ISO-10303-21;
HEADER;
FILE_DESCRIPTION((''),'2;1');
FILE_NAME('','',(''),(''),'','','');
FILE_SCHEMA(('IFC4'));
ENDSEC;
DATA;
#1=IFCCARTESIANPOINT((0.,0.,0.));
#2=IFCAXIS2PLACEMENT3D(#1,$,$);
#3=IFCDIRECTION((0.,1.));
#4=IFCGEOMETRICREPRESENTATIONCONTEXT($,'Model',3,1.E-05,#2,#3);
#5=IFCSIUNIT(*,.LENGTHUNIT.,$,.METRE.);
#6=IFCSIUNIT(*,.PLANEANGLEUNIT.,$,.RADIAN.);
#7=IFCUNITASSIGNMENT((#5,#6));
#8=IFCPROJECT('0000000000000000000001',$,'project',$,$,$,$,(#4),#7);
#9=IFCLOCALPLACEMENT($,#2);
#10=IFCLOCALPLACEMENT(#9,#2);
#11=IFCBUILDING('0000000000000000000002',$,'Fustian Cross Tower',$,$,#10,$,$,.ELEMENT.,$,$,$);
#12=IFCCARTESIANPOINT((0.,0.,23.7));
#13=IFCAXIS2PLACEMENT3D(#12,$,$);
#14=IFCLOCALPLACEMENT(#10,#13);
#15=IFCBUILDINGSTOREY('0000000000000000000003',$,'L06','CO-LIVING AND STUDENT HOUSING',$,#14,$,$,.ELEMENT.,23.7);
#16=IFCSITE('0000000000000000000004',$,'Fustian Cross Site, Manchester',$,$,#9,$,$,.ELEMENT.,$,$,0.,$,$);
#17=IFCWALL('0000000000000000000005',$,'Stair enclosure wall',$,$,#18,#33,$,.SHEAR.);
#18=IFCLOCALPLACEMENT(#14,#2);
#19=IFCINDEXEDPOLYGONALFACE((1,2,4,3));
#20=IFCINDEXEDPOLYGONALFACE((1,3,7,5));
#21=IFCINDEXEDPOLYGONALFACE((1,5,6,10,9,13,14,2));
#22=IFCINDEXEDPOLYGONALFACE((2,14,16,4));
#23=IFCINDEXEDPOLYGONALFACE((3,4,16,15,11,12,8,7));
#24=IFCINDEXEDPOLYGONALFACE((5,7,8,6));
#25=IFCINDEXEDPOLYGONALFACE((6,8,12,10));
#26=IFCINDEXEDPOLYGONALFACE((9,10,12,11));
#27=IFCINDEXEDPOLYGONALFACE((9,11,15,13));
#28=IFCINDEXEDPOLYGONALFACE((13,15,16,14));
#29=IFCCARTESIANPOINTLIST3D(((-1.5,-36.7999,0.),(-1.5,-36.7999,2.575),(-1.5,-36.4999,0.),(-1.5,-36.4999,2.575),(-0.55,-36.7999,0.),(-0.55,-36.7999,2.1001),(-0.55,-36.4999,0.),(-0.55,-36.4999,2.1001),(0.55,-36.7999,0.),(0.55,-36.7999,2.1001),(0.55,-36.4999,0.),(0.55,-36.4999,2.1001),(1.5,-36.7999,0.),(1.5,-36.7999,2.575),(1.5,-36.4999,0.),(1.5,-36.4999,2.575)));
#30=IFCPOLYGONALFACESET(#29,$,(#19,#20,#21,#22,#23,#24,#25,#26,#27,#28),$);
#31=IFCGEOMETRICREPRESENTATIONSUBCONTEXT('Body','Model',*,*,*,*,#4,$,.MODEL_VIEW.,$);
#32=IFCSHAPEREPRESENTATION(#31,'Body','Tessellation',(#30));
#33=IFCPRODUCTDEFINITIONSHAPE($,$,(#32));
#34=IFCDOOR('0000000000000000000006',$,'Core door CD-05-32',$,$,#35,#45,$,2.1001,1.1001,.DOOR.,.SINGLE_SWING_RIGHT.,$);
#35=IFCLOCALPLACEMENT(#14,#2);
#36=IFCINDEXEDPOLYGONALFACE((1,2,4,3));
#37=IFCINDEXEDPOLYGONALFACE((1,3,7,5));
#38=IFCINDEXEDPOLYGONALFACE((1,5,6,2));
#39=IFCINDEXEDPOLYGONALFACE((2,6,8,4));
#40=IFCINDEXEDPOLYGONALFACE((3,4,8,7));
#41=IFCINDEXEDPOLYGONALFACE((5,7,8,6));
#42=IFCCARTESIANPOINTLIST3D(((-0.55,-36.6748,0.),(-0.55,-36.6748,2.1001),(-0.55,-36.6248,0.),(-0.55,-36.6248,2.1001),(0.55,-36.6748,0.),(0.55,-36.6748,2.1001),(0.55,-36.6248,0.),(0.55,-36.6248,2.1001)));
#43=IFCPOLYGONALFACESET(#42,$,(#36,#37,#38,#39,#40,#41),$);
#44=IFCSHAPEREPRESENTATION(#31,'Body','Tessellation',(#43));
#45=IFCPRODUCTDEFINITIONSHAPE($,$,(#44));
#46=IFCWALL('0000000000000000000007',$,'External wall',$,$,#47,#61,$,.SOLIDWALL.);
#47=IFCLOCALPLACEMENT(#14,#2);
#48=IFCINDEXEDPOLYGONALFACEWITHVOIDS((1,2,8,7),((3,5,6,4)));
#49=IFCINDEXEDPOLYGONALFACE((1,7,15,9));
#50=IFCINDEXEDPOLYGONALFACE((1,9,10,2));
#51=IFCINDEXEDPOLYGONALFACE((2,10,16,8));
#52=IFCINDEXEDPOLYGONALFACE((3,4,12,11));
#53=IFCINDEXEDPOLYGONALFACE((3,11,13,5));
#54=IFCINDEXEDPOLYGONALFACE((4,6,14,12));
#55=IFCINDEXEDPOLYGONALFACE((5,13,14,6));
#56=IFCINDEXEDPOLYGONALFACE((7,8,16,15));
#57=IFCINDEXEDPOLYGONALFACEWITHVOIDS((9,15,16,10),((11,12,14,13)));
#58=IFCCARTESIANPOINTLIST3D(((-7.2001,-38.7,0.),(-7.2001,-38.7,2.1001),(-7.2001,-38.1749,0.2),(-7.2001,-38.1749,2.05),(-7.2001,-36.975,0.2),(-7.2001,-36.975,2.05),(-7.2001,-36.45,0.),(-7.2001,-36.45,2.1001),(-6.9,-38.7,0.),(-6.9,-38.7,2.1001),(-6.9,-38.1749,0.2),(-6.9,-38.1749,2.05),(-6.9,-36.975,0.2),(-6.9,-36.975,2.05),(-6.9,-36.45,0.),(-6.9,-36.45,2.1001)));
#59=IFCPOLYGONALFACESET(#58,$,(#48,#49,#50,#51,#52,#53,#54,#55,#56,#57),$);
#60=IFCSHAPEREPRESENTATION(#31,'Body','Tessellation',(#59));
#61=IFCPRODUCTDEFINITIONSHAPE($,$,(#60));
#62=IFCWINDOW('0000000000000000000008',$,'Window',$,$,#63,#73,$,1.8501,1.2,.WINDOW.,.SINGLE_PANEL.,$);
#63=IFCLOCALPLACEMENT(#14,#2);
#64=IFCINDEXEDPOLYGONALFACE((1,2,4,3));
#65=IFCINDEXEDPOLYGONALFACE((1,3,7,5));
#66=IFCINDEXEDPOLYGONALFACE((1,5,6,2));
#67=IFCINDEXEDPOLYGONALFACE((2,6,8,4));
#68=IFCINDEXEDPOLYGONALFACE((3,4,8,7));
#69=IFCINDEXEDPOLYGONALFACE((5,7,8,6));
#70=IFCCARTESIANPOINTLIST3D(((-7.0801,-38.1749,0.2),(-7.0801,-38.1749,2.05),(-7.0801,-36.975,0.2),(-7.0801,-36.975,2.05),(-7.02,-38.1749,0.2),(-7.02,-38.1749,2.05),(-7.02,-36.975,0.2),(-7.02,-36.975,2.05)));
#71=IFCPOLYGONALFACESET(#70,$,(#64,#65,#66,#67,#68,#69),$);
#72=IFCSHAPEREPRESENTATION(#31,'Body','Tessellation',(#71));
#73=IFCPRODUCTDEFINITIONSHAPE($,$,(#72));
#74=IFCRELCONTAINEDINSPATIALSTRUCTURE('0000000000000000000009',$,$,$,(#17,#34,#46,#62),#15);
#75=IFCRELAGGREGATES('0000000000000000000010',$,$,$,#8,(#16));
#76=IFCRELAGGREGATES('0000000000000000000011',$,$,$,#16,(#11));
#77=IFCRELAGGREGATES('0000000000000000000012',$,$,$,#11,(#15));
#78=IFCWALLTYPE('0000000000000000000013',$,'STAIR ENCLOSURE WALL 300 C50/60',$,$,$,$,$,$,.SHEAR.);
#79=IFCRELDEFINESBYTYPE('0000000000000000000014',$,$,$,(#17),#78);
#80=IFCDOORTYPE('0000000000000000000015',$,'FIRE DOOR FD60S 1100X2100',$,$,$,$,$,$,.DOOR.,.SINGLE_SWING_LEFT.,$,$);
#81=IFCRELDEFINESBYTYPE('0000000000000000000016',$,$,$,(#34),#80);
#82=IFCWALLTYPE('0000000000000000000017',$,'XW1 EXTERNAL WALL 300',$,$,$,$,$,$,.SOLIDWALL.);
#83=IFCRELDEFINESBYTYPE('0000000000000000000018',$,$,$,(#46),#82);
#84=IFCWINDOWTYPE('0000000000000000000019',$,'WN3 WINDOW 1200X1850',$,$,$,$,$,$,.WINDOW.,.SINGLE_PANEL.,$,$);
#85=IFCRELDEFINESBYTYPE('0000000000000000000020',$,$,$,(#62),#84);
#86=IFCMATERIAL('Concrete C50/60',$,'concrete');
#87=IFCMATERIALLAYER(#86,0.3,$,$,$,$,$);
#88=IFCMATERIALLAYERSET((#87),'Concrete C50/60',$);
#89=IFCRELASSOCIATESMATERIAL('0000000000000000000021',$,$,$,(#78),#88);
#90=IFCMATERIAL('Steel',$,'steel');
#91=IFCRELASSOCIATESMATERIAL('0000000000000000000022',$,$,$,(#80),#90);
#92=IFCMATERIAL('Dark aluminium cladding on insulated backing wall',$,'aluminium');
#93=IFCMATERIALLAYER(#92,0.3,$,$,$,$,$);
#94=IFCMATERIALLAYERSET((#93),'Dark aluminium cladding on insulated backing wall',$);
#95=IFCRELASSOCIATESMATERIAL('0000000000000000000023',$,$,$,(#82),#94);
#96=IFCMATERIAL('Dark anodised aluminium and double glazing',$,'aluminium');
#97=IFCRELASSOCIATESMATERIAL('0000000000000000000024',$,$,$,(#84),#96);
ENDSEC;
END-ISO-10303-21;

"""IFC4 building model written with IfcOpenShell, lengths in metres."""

from ifc_helpers import new_model, si_unit, direction, frame, frame_2d, origin, place, context, subcontext, project, spatial, rectangle, extrude, material, layer, layer_set, type_object, element, fill, save


model = new_model("IFC4")

# Units and contexts
model_context = context("Model", 3, precision=1e-05, world=origin(), true_north=direction((0.0, 1.0)))
body_context = subcontext(model_context, "Body", "Model", "MODEL_VIEW")
ifc_project = project(units=[si_unit("LENGTHUNIT", "METRE"), si_unit("PLANEANGLEUNIT", "RADIAN")], contexts=[model_context])

# Site, building, storey
site_placement = place(None, origin())
site = spatial("IfcSite", under=ifc_project, at=site_placement, Name="Fustian Cross Site, Manchester", CompositionType="ELEMENT", RefElevation=0.0)
building_placement = place(site_placement, origin())
building = spatial("IfcBuilding", under=site, at=building_placement, Name="Fustian Cross Tower", CompositionType="ELEMENT")
storey_placement = place(building_placement, frame((0.0, 0.0, 23.7)))
storey = spatial("IfcBuildingStorey", under=building, at=storey_placement, Name="L06", Description="CO-LIVING AND STUDENT HOUSING", CompositionType="ELEMENT", Elevation=23.7)

# Wall, opening, door
ifc_material_1 = material(Name="Concrete C50/60", Category="concrete")
ifc_layer_1 = layer(ifc_material_1, 0.3)
ifc_layer_set_1 = layer_set([ifc_layer_1], Name="Concrete C50/60")
wall_type_1 = type_object("IfcWallType", Name="STAIR ENCLOSURE WALL 300 C50/60", PredefinedType="SHEAR", material=ifc_layer_set_1)
wall_1_placement = place(storey_placement, frame((-1.5, -36.6499, 0.0), z_axis=(0.0, 0.0, 1.0), x_axis=(1.0, 0.0, 0.0)))
wall_1 = element("IfcWall", 1, at=wall_1_placement, inside=storey, type_object=wall_type_1, Name="Stair enclosure wall", PredefinedType="SHEAR", context=body_context, shape_type="SweptSolid", body=[
    extrude(rectangle(XDim=3.0, YDim=0.3, at=frame_2d((1.5, 0.0))), origin(), (0.0, 0.0, 1.0), 2.575),
])
opening_1_placement = place(wall_1_placement, frame((0.95, 0.0, 0.0)))
opening_1 = element("IfcOpeningElement", 2, at=opening_1_placement, cuts=wall_1, PredefinedType="OPENING", context=body_context, shape_type="SweptSolid", body=[
    extrude(rectangle(XDim=1.1001, YDim=2.1001, at=frame_2d((0.55, 1.05))), frame((0.0, 0.1599, 0.0), z_axis=(0.0, -1.0, 0.0), x_axis=(1.0, 0.0, 0.0)), (0.0, 0.0, 1.0), 0.3201),
])
ifc_material_2 = material(Name="Steel", Category="steel")
door_type_1 = type_object("IfcDoorType", Name="FIRE DOOR FD60S 1100X2100", OperationType="SINGLE_SWING_LEFT", PredefinedType="DOOR", material=ifc_material_2)
door_1_placement = place(opening_1_placement, frame((1.1001, 0.0, 0.0), z_axis=(0.0, 0.0, 1.0), x_axis=(-1.0, 0.0, 0.0)))
door_1 = element("IfcDoor", 3, at=door_1_placement, inside=storey, type_object=door_type_1, Name="Core door CD-05-32", OperationType="SINGLE_SWING_RIGHT", OverallHeight=2.1001, OverallWidth=1.1001, PredefinedType="DOOR", context=body_context, shape_type="SweptSolid", body=[
    extrude(rectangle(XDim=1.1001, YDim=2.1001, at=frame_2d((0.55, 1.05))), frame((0.0, 0.0249, 0.0), z_axis=(0.0, -1.0, 0.0), x_axis=(1.0, 0.0, 0.0)), (0.0, 0.0, 1.0), 0.05),
])
fill(opening_1, door_1)

# Wall, opening, window
ifc_material_3 = material(Name="Dark aluminium cladding on insulated backing wall", Category="aluminium")
ifc_layer_2 = layer(ifc_material_3, 0.3)
ifc_layer_set_2 = layer_set([ifc_layer_2], Name="Dark aluminium cladding on insulated backing wall")
wall_type_2 = type_object("IfcWallType", Name="XW1 EXTERNAL WALL 300", PredefinedType="SOLIDWALL", material=ifc_layer_set_2)
wall_2_placement = place(storey_placement, frame((-7.05, -36.45, 0.0), z_axis=(0.0, 0.0, 1.0), x_axis=(0.0, -1.0, 0.0)))
wall_2 = element("IfcWall", 4, at=wall_2_placement, inside=storey, type_object=wall_type_2, Name="External wall", PredefinedType="SOLIDWALL", context=body_context, shape_type="SweptSolid", body=[
    extrude(rectangle(XDim=2.25, YDim=0.3, at=frame_2d((1.125, 0.0))), origin(), (0.0, 0.0, 1.0), 2.1001),
])
opening_2_placement = place(wall_2_placement, frame((0.5249, 0.0, 0.2)))
opening_2 = element("IfcOpeningElement", 5, at=opening_2_placement, cuts=wall_2, PredefinedType="OPENING", context=body_context, shape_type="SweptSolid", body=[
    extrude(rectangle(XDim=1.2, YDim=1.8501, at=frame_2d((0.6001, 0.925))), frame((0.0, 0.1599, 0.0), z_axis=(0.0, -1.0, 0.0), x_axis=(1.0, 0.0, 0.0)), (0.0, 0.0, 1.0), 0.3201),
])
ifc_material_4 = material(Name="Dark anodised aluminium and double glazing", Category="aluminium")
window_type = type_object("IfcWindowType", Name="WN3 WINDOW 1200X1850", PartitioningType="SINGLE_PANEL", PredefinedType="WINDOW", material=ifc_material_4)
window_placement = place(opening_2_placement, origin())
window = element("IfcWindow", 6, at=window_placement, inside=storey, type_object=window_type, Name="Window", OverallHeight=1.8501, OverallWidth=1.2, PartitioningType="SINGLE_PANEL", PredefinedType="WINDOW", context=body_context, shape_type="SweptSolid", body=[
    extrude(rectangle(XDim=1.2, YDim=1.8501, at=frame_2d((0.6001, 0.925))), frame((0.0, 0.03, 0.0), z_axis=(0.0, -1.0, 0.0), x_axis=(1.0, 0.0, 0.0)), (0.0, 0.0, 1.0), 0.0601),
])
fill(opening_2, window)

save(model, "model.ifc")
